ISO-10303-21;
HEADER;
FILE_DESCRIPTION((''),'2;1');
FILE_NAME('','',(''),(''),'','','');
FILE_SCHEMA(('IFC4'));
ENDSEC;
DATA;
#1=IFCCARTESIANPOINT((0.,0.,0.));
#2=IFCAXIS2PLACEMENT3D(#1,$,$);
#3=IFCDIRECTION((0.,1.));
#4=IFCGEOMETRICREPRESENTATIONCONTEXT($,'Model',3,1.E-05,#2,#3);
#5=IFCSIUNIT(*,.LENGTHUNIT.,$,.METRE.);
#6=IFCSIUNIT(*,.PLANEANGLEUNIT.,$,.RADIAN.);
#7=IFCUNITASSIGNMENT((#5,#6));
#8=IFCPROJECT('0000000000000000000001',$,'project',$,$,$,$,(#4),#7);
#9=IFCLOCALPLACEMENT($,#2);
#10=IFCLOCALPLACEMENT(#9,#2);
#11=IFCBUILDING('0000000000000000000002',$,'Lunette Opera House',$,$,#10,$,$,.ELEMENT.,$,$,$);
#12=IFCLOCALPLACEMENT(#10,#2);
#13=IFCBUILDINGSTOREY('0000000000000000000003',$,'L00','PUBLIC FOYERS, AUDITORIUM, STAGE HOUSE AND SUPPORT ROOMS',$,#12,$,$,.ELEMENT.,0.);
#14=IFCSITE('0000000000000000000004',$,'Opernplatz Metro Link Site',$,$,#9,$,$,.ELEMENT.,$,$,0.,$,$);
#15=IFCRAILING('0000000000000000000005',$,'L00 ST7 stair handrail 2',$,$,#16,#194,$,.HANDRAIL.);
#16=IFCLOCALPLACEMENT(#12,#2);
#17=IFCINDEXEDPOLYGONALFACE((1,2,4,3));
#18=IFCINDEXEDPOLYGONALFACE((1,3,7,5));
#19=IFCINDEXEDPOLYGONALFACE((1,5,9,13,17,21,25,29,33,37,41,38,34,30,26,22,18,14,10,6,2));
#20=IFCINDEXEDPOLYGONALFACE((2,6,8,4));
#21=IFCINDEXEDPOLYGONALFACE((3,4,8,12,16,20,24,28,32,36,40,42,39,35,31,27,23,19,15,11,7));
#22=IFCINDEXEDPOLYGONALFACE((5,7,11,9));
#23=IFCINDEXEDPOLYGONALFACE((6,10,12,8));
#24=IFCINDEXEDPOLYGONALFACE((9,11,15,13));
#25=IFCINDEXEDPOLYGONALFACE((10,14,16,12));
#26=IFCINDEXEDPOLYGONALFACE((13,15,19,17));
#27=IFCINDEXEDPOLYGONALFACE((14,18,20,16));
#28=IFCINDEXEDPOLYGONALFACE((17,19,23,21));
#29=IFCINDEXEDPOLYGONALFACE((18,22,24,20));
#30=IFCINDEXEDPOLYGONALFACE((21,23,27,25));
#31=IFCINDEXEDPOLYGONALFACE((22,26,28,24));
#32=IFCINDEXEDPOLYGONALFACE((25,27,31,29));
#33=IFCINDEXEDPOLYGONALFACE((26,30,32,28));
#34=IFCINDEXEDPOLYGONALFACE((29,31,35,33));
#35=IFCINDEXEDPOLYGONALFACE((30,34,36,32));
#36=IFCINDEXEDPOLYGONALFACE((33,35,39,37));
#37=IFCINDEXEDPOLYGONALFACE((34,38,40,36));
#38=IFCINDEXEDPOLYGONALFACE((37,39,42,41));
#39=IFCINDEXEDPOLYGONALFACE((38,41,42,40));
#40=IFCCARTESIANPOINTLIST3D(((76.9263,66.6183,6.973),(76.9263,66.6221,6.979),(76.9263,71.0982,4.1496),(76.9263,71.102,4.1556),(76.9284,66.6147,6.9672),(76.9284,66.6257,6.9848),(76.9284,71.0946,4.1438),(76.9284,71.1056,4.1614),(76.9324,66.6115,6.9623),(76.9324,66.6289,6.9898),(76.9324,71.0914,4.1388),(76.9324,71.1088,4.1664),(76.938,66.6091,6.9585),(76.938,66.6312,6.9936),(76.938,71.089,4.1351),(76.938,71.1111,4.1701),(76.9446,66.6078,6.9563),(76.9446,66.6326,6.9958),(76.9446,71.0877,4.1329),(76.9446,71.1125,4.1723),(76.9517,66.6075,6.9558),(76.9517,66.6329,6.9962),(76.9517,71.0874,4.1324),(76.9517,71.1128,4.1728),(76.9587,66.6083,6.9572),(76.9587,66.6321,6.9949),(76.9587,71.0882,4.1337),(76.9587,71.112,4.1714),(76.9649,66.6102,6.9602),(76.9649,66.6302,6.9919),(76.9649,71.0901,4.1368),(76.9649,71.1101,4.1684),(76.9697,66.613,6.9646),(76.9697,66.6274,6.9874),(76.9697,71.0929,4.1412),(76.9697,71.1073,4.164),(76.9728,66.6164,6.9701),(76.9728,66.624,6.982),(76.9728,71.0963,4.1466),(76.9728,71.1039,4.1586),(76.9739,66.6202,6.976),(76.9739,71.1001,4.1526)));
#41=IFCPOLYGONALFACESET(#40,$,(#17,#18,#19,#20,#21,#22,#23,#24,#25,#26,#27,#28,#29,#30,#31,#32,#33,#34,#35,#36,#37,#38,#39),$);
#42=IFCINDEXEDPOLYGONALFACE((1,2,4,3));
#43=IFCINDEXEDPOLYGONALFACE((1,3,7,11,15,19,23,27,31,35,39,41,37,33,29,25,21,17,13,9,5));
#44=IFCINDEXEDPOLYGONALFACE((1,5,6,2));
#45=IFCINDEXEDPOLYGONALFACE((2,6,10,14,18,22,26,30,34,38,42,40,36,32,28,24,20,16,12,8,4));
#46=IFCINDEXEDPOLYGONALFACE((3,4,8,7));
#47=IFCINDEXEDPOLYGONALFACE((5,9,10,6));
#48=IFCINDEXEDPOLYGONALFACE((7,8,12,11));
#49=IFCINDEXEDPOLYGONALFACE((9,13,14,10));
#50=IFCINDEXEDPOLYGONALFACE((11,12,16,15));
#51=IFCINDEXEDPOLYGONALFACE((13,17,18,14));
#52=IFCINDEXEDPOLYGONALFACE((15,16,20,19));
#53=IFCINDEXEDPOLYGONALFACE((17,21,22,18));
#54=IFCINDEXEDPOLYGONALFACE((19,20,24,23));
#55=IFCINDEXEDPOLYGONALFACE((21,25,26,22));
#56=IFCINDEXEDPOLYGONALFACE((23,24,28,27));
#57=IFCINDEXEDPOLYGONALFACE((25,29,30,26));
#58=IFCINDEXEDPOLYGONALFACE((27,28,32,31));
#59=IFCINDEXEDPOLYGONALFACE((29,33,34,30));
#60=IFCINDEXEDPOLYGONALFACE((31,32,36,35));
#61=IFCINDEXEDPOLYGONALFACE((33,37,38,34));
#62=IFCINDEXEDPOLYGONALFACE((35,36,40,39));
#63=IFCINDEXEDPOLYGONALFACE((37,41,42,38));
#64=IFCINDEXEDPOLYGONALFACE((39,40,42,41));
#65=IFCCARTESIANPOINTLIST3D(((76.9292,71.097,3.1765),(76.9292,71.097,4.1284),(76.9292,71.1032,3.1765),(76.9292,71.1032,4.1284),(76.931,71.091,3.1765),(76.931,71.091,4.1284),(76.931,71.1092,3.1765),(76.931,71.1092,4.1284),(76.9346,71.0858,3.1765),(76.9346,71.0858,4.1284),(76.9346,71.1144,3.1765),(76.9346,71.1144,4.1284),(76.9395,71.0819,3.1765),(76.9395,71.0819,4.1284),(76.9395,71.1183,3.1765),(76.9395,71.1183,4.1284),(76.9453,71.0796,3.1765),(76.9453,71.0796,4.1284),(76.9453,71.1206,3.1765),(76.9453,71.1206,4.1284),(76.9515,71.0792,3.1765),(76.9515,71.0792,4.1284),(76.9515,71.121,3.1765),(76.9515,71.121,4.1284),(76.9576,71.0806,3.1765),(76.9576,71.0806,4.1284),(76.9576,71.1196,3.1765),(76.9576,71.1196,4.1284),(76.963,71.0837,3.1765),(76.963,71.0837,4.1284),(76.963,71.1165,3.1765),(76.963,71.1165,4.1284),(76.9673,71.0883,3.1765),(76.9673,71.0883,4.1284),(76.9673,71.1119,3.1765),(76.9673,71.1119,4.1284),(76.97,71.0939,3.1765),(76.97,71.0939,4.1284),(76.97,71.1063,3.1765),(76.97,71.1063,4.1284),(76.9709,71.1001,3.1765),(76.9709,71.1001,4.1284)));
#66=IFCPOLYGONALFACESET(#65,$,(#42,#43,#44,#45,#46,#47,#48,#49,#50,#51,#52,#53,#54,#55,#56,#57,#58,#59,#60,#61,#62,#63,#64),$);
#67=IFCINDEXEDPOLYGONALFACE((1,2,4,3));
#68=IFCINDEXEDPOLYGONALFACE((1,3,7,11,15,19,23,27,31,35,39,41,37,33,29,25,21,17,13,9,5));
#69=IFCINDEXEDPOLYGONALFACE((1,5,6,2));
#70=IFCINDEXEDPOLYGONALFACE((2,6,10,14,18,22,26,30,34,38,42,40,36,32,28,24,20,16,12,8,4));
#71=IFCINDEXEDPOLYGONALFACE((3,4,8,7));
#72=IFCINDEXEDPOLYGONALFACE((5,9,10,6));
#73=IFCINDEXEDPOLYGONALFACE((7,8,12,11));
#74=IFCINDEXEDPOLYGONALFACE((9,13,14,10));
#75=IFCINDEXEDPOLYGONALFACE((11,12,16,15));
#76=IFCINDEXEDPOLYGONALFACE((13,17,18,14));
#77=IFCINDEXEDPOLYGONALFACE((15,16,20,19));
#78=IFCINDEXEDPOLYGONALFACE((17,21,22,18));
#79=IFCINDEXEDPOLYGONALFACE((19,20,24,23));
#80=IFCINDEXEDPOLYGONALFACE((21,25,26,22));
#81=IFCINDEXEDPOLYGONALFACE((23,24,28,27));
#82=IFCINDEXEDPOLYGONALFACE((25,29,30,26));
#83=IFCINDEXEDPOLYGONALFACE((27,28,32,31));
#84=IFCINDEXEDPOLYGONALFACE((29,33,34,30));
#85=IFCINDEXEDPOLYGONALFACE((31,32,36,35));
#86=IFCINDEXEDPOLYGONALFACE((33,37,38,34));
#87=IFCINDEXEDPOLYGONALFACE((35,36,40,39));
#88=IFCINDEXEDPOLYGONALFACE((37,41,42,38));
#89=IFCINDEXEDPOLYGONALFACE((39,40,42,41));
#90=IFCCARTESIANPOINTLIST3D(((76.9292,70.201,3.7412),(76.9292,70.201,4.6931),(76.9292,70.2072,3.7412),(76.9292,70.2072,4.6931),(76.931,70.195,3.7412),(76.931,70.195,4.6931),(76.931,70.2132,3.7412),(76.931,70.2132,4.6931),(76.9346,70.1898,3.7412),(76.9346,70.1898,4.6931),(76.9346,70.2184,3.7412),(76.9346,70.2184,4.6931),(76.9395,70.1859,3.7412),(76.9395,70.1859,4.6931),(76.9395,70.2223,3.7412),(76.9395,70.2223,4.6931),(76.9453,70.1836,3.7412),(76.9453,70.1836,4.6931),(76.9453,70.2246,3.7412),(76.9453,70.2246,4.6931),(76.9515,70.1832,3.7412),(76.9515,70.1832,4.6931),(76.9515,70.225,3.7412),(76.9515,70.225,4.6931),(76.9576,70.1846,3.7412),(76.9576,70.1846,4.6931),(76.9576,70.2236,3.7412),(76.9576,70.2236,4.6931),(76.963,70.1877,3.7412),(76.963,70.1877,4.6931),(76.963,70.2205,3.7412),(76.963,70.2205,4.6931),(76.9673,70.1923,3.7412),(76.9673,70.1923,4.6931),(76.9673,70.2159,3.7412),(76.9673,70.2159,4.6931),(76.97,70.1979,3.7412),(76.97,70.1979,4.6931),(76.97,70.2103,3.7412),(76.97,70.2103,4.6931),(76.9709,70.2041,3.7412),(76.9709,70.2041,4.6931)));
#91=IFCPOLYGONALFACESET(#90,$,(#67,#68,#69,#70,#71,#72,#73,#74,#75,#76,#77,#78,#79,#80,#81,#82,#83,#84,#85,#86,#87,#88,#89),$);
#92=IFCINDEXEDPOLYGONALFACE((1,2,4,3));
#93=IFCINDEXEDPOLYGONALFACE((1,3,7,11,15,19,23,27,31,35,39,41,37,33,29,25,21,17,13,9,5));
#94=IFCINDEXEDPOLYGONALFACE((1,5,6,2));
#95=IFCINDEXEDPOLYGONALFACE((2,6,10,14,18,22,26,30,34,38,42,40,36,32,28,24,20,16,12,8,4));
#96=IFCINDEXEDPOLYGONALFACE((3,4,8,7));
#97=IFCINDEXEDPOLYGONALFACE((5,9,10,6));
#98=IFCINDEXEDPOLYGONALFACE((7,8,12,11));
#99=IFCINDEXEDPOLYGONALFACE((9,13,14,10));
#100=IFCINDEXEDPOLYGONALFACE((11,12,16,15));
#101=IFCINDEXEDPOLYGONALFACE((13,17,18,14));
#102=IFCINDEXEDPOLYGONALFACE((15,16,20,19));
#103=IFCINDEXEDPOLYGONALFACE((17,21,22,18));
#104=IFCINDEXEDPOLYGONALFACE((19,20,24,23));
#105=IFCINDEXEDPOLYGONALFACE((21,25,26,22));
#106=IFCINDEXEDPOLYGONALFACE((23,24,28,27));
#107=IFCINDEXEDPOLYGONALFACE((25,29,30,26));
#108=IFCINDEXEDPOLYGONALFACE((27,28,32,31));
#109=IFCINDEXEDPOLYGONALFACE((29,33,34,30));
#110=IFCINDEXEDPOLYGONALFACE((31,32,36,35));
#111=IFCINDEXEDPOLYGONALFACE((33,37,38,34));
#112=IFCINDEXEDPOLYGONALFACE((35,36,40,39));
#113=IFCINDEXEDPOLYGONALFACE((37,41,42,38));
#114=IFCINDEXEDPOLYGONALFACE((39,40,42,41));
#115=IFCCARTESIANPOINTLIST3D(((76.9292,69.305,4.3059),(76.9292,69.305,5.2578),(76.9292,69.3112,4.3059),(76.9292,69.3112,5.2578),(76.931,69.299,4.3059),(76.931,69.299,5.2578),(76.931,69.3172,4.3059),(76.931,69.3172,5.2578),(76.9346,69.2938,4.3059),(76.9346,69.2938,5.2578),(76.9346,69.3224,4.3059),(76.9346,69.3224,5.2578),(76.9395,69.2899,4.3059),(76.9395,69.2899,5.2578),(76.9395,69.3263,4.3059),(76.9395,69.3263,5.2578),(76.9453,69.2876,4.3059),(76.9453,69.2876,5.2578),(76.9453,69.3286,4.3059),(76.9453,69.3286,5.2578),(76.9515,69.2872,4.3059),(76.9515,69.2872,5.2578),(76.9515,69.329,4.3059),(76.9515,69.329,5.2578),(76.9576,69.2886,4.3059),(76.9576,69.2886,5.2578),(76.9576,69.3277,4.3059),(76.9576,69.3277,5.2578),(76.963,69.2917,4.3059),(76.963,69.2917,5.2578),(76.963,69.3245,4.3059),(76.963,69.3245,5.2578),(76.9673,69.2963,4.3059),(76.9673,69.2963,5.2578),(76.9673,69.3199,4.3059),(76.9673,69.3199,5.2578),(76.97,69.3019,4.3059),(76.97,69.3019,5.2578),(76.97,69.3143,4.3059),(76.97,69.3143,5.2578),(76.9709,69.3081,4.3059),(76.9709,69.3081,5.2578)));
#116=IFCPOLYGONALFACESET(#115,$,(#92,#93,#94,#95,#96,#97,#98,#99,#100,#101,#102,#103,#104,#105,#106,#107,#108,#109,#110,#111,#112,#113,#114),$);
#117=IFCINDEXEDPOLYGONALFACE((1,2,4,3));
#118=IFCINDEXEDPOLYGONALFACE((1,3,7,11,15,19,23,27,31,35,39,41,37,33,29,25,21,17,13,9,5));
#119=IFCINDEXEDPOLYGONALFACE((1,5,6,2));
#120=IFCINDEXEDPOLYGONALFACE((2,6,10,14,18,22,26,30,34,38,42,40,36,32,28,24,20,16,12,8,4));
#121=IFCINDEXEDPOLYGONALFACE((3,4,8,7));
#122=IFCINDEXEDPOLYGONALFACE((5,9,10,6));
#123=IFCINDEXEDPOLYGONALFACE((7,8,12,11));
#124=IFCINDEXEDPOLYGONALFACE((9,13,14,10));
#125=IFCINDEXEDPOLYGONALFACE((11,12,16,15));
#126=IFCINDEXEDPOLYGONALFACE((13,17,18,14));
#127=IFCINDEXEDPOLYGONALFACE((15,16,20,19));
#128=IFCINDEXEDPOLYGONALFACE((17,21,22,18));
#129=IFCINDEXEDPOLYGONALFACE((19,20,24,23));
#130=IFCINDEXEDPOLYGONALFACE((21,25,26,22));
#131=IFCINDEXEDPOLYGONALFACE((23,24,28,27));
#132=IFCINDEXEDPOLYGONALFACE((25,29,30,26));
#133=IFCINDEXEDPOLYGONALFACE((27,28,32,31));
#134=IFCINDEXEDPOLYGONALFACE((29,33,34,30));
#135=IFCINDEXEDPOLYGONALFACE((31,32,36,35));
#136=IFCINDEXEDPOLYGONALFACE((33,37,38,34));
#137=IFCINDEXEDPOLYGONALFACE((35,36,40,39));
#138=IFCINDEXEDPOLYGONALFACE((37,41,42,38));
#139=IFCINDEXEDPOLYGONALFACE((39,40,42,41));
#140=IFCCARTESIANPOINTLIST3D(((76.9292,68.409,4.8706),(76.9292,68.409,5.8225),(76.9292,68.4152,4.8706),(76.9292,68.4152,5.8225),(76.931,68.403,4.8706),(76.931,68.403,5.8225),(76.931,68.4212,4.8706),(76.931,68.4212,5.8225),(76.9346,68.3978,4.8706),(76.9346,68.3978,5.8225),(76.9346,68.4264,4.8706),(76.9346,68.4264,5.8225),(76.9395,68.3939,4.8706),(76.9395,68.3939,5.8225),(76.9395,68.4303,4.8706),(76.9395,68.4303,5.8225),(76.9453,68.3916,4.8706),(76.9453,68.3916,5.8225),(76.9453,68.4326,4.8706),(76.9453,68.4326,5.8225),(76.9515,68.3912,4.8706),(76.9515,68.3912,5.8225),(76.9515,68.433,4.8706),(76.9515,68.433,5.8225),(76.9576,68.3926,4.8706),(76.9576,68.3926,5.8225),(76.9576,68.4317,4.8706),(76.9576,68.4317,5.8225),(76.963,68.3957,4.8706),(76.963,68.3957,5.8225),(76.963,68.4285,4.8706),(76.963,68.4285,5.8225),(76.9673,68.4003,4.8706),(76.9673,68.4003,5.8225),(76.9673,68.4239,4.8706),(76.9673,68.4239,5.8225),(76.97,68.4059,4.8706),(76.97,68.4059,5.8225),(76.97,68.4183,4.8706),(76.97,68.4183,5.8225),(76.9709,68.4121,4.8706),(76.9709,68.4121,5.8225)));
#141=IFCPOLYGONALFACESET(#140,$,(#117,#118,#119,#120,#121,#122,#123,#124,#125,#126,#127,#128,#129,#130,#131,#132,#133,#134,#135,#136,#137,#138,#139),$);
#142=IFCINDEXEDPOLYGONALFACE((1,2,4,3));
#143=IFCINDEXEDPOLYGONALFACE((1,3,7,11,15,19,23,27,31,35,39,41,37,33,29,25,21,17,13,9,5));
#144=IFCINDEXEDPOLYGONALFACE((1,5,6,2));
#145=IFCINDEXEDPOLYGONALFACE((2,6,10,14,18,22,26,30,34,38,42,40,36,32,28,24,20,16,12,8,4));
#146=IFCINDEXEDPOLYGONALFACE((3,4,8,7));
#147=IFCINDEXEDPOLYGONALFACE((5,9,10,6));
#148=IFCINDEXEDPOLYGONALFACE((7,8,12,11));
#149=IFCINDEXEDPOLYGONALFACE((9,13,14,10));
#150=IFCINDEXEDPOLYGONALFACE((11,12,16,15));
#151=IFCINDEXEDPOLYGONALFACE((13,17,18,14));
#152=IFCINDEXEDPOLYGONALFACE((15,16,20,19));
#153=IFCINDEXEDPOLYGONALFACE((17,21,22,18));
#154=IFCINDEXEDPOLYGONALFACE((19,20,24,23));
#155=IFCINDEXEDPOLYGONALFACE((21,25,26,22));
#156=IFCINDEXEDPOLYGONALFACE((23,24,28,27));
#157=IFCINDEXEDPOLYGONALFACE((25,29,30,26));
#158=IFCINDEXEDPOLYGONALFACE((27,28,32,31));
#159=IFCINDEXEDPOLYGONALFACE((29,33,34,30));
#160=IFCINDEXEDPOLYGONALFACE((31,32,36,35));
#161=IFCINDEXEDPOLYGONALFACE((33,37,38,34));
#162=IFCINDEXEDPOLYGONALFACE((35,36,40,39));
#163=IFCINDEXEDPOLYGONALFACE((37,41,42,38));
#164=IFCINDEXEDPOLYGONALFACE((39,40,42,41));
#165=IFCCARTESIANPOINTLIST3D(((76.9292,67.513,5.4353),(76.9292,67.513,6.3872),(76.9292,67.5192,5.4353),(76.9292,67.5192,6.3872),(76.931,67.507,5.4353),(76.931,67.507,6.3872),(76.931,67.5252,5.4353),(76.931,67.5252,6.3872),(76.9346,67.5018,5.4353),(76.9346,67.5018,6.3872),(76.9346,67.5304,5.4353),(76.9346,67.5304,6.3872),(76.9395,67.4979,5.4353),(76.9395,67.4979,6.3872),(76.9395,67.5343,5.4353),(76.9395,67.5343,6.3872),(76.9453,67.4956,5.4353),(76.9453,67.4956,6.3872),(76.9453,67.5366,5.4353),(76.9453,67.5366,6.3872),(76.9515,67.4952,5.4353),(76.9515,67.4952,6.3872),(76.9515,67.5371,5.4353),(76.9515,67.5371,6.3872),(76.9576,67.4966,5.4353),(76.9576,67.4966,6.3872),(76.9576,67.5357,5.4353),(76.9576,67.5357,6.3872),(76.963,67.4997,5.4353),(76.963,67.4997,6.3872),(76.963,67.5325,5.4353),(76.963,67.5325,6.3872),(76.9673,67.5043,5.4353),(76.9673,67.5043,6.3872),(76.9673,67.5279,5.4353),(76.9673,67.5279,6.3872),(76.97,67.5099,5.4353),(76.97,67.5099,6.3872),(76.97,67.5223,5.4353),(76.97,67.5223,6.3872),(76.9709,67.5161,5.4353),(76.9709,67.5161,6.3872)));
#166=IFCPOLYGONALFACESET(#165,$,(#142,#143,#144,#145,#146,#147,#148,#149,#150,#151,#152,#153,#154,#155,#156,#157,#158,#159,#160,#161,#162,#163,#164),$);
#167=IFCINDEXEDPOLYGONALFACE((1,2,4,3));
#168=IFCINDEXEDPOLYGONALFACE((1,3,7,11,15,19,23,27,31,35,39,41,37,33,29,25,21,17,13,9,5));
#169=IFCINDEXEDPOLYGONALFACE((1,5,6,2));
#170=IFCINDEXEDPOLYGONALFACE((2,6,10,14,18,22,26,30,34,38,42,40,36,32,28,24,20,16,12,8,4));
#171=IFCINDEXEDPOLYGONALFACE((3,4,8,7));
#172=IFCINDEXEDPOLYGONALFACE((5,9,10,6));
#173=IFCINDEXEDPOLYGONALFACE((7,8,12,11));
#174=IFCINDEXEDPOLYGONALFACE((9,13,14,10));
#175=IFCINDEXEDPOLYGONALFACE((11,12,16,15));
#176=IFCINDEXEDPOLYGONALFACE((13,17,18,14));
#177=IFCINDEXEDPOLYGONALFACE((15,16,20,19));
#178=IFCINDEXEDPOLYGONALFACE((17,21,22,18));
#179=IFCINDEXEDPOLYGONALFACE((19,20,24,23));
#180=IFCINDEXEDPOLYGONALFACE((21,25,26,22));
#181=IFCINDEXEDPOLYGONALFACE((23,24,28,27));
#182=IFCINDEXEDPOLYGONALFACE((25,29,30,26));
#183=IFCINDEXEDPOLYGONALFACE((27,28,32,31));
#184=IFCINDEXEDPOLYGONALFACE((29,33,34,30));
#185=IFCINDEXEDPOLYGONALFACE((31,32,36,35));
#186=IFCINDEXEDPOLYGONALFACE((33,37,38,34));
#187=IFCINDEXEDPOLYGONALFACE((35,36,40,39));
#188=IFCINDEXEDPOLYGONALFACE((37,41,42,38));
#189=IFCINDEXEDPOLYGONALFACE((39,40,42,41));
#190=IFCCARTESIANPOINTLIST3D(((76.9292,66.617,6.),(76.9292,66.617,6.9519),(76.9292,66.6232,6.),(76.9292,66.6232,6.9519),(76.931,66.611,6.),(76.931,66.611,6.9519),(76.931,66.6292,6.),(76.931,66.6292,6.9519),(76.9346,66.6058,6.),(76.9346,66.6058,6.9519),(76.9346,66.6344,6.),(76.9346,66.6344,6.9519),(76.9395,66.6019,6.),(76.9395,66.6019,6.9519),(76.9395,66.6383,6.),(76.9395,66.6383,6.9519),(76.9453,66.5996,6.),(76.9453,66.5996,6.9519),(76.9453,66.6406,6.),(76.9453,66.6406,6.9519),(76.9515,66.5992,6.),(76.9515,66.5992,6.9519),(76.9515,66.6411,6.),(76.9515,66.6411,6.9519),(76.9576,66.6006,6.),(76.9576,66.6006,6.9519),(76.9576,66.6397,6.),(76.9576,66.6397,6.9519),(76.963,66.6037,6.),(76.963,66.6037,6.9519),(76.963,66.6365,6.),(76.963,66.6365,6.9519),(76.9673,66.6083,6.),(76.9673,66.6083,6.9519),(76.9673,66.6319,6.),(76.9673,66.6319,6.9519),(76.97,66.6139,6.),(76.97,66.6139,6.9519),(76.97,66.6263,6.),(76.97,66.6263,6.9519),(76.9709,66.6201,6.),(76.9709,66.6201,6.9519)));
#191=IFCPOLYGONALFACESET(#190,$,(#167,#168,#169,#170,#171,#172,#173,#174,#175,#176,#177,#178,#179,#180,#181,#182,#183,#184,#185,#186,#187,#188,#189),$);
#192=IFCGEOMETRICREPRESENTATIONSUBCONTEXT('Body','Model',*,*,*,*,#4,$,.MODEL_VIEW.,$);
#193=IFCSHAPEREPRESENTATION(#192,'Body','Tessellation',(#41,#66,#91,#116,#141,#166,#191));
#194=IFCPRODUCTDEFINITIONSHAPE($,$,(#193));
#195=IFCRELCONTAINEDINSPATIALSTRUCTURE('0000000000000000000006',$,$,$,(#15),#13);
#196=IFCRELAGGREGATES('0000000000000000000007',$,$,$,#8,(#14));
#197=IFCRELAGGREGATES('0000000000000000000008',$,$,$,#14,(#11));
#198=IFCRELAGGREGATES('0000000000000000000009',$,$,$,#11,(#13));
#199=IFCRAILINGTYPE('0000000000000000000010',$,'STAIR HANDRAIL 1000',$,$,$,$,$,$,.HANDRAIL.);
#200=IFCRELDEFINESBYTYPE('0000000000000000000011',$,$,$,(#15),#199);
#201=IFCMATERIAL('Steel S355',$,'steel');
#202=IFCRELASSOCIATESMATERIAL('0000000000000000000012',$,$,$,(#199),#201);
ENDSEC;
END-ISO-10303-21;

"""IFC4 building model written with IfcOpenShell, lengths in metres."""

from ifc_helpers import new_model, si_unit, direction, frame, origin, origin_2d, place, context, subcontext, project, spatial, circle, extrude, material, type_object, element, save


model = new_model("IFC4")

# Units and contexts
model_context = context("Model", 3, precision=1e-05, world=origin(), true_north=direction((0.0, 1.0)))
body_context = subcontext(model_context, "Body", "Model", "MODEL_VIEW")
ifc_project = project(units=[si_unit("LENGTHUNIT", "METRE"), si_unit("PLANEANGLEUNIT", "RADIAN")], contexts=[model_context])

# Site, building, storey
site_placement = place(None, origin())
site = spatial("IfcSite", under=ifc_project, at=site_placement, Name="Opernplatz Metro Link Site", CompositionType="ELEMENT", RefElevation=0.0)
building_placement = place(site_placement, origin())
building = spatial("IfcBuilding", under=site, at=building_placement, Name="Lunette Opera House", CompositionType="ELEMENT")
storey_placement = place(building_placement, origin())
storey = spatial("IfcBuildingStorey", under=building, at=storey_placement, Name="L00", Description="PUBLIC FOYERS, AUDITORIUM, STAGE HOUSE AND SUPPORT ROOMS", CompositionType="ELEMENT", Elevation=0.0)

# Railing
ifc_material_1 = material(Name="Steel S355", Category="steel")
railing_type_1 = type_object("IfcRailingType", Name="STAIR HANDRAIL 1000", PredefinedType="HANDRAIL", material=ifc_material_1)
railing_1_placement = place(storey_placement, frame((76.95, 71.1001, 3.1765)))
element("IfcRailing", 1, at=railing_1_placement, inside=storey, type_object=railing_type_1, Name="L00 ST7 stair handrail 2", PredefinedType="HANDRAIL", context=body_context, shape_type="SweptSolid", body=[
    extrude(circle(Radius=0.0239, at=origin_2d()), frame((0.0, 0.0, 0.9761), z_axis=(0.0, -0.845998, 0.533186), x_axis=(1.0, 0.0, 0.0)), (0.0, 0.0, 1.0), 5.2954),
    extrude(circle(Radius=0.021, at=origin_2d()), origin(), (0.0, 0.0, 1.0), 0.9519),
    extrude(circle(Radius=0.021, at=origin_2d()), frame((0.0, -0.896, 0.5647)), (0.0, 0.0, 1.0), 0.9519),
    extrude(circle(Radius=0.021, at=origin_2d()), frame((0.0, -1.792, 1.1294)), (0.0, 0.0, 1.0), 0.9519),
    extrude(circle(Radius=0.021, at=origin_2d()), frame((0.0, -2.688, 1.6941)), (0.0, 0.0, 1.0), 0.9519),
    extrude(circle(Radius=0.021, at=origin_2d()), frame((0.0, -3.584, 2.2588)), (0.0, 0.0, 1.0), 0.9519),
    extrude(circle(Radius=0.021, at=origin_2d()), frame((0.0, -4.48, 2.8235)), (0.0, 0.0, 1.0), 0.9519),
])

save(model, "model.ifc")
